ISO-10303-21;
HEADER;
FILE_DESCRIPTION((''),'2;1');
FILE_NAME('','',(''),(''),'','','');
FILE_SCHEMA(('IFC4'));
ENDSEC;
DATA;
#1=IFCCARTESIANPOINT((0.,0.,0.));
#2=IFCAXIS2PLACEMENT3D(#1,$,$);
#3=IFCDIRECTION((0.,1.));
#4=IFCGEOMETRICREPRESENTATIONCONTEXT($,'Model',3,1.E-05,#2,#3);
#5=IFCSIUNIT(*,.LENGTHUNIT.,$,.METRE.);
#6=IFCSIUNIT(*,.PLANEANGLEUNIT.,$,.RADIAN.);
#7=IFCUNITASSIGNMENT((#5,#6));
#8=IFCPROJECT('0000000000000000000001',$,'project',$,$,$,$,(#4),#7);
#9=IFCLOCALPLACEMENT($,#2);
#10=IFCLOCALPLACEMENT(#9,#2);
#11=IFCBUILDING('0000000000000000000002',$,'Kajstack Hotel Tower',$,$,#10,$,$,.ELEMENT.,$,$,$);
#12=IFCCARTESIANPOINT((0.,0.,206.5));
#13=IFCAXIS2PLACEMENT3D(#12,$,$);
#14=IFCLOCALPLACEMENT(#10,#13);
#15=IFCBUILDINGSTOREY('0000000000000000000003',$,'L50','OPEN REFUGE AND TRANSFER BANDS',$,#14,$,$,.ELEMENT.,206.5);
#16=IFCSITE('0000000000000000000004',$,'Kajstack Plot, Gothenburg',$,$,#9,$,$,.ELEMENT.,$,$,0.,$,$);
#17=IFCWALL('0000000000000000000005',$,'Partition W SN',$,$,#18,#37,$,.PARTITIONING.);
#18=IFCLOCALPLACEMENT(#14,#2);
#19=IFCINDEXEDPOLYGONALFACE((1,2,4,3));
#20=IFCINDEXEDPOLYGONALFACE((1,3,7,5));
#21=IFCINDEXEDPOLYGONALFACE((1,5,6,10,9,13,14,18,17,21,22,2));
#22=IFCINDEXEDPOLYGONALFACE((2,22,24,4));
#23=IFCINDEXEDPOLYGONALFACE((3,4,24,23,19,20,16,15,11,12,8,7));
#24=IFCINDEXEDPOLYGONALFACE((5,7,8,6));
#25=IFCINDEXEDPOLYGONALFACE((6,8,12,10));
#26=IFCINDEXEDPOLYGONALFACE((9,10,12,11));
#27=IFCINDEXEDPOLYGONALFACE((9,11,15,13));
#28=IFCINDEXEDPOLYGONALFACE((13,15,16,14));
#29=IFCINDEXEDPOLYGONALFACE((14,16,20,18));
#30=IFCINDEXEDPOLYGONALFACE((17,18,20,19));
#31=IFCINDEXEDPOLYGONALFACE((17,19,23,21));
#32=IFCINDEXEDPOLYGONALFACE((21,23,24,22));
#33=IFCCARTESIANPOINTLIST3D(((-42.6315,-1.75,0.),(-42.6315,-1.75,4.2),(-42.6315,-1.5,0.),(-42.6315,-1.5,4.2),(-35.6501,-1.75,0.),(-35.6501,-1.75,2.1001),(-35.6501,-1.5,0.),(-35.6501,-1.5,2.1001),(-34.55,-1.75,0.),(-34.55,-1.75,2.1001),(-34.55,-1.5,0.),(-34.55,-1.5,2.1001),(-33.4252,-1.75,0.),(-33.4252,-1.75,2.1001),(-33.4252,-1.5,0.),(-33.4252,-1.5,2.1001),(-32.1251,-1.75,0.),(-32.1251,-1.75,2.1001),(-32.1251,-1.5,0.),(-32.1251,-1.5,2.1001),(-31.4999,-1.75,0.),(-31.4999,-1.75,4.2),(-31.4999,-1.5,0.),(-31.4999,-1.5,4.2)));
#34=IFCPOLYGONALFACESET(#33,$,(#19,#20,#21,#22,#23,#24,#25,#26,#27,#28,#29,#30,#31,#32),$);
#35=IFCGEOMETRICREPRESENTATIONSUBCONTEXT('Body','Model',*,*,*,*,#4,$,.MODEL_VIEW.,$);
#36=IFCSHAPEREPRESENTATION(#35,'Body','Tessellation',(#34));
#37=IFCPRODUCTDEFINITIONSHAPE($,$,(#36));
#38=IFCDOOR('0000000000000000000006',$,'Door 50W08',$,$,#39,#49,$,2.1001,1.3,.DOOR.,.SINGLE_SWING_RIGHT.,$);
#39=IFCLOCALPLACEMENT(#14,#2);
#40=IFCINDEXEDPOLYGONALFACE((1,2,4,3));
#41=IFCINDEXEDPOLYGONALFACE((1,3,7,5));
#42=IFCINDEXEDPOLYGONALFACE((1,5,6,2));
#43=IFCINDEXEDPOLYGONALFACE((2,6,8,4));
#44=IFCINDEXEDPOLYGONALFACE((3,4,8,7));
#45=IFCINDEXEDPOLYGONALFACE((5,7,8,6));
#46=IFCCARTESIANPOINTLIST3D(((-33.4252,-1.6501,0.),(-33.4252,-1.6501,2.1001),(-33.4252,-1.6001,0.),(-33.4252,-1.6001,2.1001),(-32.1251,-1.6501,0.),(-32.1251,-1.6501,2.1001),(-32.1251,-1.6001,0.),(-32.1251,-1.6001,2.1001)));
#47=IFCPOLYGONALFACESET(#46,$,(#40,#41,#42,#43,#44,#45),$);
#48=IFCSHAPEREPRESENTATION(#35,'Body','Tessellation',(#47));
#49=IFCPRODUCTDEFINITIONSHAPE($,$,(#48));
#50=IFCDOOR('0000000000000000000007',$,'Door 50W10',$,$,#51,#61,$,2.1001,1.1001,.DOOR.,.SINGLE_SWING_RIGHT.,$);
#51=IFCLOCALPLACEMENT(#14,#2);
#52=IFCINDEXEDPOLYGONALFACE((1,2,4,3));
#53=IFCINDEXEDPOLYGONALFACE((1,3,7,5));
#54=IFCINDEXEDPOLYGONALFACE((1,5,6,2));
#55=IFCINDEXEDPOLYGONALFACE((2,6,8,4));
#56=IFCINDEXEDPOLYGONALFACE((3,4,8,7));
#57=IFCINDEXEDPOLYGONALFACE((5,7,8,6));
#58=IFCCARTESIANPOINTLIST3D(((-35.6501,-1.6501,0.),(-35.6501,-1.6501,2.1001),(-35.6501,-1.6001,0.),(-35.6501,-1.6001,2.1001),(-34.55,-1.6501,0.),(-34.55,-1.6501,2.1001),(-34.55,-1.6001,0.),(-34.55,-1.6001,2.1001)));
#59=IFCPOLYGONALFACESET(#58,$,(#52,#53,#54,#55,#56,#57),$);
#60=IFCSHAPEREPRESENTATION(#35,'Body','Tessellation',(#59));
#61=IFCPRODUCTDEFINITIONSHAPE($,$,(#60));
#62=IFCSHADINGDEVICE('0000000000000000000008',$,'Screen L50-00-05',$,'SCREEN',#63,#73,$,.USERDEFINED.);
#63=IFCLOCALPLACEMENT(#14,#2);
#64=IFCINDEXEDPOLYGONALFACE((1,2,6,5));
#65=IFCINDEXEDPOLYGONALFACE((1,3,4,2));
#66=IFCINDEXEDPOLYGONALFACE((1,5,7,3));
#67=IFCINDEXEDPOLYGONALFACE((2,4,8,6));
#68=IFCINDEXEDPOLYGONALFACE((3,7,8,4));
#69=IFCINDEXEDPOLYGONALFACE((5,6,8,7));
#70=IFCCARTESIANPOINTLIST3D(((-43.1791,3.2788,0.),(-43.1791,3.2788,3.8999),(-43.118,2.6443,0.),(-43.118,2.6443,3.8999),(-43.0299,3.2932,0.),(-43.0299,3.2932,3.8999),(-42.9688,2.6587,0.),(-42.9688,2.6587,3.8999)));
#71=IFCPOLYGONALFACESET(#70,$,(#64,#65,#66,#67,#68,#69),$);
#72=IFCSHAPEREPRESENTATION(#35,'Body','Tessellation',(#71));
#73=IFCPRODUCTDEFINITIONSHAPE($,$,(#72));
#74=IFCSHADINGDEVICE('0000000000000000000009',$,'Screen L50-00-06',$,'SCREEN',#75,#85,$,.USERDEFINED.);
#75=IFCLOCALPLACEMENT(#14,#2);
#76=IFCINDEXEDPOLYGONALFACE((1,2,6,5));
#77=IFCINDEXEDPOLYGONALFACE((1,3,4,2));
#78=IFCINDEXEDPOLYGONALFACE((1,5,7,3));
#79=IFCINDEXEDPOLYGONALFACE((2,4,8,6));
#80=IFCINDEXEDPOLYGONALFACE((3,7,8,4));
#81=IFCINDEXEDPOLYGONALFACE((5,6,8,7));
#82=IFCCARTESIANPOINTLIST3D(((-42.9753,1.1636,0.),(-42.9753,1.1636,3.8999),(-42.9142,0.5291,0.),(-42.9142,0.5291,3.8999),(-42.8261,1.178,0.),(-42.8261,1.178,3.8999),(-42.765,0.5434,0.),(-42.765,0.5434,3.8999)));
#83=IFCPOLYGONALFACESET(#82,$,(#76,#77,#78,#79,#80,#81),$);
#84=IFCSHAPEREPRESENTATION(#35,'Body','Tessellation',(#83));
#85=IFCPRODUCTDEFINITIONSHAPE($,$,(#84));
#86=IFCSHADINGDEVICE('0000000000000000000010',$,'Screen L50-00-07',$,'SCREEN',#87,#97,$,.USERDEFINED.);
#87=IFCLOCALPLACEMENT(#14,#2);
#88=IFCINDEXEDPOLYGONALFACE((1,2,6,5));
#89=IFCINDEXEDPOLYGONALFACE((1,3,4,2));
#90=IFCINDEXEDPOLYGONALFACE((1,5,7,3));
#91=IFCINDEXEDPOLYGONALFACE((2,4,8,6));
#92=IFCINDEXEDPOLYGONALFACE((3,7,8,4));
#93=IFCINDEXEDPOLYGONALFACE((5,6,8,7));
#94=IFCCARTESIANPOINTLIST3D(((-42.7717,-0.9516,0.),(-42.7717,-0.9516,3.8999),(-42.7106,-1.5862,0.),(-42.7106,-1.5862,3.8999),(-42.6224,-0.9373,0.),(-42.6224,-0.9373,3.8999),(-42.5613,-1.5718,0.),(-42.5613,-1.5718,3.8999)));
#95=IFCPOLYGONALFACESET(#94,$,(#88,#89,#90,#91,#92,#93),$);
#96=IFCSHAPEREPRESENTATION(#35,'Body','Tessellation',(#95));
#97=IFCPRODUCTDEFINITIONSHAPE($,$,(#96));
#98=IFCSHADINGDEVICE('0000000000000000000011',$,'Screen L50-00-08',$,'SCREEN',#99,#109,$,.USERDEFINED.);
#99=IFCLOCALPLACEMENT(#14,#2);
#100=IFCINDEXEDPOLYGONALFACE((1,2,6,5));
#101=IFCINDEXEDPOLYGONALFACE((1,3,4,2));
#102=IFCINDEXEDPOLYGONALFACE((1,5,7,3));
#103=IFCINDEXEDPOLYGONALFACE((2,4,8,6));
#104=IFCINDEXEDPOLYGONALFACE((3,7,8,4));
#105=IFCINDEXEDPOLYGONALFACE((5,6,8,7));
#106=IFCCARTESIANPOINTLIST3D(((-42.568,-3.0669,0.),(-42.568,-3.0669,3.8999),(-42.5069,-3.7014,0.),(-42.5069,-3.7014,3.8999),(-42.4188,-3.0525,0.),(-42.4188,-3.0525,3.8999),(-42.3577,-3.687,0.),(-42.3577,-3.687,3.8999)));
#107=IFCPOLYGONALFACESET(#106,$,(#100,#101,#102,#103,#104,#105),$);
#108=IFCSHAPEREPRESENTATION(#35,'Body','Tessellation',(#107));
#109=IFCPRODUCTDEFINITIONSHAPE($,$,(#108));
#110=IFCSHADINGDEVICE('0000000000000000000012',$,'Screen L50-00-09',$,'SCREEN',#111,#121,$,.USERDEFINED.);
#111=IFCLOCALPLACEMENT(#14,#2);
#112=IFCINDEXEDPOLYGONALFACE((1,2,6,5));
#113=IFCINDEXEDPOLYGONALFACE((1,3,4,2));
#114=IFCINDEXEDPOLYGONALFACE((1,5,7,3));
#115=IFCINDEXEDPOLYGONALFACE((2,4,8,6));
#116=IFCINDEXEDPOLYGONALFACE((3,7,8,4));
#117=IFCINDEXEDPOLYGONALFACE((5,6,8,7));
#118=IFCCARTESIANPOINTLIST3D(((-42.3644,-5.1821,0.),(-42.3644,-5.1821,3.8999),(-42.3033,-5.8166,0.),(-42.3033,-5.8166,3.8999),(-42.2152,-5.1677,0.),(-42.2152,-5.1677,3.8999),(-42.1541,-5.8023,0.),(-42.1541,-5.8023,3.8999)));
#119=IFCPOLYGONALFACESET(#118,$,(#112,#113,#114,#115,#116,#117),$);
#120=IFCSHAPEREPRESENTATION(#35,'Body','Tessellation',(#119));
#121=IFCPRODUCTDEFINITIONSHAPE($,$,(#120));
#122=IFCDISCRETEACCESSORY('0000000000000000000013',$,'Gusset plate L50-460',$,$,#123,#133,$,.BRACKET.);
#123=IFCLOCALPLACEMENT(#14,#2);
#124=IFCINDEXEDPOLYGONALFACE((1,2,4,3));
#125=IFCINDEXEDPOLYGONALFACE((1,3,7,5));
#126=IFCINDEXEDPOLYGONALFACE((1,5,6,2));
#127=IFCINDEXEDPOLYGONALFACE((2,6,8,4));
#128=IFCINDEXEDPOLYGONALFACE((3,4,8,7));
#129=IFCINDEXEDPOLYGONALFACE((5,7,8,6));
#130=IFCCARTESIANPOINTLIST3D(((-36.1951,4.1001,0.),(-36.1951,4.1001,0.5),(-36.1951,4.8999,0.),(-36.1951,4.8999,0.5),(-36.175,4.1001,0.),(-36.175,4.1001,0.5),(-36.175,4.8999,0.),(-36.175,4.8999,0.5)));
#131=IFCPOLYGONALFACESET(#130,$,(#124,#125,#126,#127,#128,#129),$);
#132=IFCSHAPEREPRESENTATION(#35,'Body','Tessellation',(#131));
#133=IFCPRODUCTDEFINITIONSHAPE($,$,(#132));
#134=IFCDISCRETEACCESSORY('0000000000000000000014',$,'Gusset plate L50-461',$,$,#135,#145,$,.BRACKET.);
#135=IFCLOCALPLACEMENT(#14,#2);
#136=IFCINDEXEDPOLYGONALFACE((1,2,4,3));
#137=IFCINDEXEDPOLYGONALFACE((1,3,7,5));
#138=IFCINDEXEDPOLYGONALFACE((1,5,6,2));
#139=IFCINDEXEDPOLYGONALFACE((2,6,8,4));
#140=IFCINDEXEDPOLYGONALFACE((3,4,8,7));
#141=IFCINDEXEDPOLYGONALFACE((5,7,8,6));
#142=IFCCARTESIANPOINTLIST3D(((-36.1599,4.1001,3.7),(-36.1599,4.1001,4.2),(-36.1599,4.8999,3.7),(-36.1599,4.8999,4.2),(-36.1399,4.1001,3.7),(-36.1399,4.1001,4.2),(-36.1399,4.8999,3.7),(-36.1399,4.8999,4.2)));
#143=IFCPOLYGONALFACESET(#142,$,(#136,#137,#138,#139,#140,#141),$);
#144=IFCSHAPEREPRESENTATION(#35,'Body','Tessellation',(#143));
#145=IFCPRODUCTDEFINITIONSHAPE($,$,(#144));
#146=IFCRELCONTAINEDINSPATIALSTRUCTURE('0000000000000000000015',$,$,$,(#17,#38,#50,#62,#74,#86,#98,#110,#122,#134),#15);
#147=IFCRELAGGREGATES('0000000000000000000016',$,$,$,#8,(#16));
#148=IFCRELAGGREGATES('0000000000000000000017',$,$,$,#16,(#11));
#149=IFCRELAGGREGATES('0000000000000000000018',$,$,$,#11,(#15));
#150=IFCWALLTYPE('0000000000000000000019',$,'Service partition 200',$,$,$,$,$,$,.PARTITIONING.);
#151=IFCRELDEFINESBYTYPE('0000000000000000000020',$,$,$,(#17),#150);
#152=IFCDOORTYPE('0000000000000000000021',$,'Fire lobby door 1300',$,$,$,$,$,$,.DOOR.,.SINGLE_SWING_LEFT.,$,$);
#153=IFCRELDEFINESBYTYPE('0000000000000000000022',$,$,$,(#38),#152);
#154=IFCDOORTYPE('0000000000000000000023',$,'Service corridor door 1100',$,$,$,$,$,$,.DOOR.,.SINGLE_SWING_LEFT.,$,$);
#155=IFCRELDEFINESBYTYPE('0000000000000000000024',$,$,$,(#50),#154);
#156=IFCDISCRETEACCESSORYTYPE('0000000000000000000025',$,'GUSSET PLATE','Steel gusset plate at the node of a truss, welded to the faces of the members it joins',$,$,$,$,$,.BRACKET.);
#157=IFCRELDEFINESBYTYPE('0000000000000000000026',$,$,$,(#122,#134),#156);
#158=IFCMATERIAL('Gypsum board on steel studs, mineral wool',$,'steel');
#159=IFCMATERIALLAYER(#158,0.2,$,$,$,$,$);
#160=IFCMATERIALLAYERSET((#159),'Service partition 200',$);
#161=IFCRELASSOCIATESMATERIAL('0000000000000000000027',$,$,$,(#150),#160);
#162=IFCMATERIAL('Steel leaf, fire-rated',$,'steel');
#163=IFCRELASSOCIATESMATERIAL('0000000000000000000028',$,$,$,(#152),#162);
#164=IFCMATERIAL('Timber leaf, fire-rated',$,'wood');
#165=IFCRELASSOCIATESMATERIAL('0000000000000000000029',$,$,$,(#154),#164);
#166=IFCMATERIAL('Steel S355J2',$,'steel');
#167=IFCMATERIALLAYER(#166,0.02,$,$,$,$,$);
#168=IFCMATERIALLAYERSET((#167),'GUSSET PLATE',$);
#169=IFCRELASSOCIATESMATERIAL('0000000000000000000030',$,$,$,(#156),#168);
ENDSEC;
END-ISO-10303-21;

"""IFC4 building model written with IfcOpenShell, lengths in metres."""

from ifc_helpers import new_model, si_unit, direction, frame, frame_2d, origin, origin_2d, place, context, subcontext, project, spatial, polyline, rectangle, outline, extrude, material, layer, layer_set, type_object, element, fill, save


model = new_model("IFC4")

# Units and contexts
model_context = context("Model", 3, precision=1e-05, world=origin(), true_north=direction((0.0, 1.0)))
body_context = subcontext(model_context, "Body", "Model", "MODEL_VIEW")
ifc_project = project(units=[si_unit("LENGTHUNIT", "METRE"), si_unit("PLANEANGLEUNIT", "RADIAN")], contexts=[model_context])

# Site, building, storey
site_placement = place(None, origin())
site = spatial("IfcSite", under=ifc_project, at=site_placement, Name="Kajstack Plot, Gothenburg", CompositionType="ELEMENT", RefElevation=0.0)
building_placement = place(site_placement, origin())
building = spatial("IfcBuilding", under=site, at=building_placement, Name="Kajstack Hotel Tower", CompositionType="ELEMENT")
storey_placement = place(building_placement, frame((0.0, 0.0, 206.5)))
storey = spatial("IfcBuildingStorey", under=building, at=storey_placement, Name="L50", Description="OPEN REFUGE AND TRANSFER BANDS", CompositionType="ELEMENT", Elevation=206.5)

# Shared definitions
ifc_material_1 = material(Name="Steel S355J2", Category="steel")

# Wall, openings, doors
ifc_material_2 = material(Name="Gypsum board on steel studs, mineral wool", Category="steel")
ifc_material_3 = material(Name="Timber leaf, fire-rated", Category="wood")
ifc_layer_1 = layer(ifc_material_2, 0.2)
ifc_layer_set_1 = layer_set([ifc_layer_1], Name="Service partition 200")
wall_type_1 = type_object("IfcWallType", Name="Service partition 200", PredefinedType="PARTITIONING", material=ifc_layer_set_1)
wall_1_placement = place(storey_placement, frame((-42.6316, -1.625, 0.0), z_axis=(0.0, 0.0, 1.0), x_axis=(1.0, 0.0, 0.0)))
wall_1 = element("IfcWall", 1, at=wall_1_placement, inside=storey, type_object=wall_type_1, Name="Partition W SN", PredefinedType="PARTITIONING", context=body_context, shape_type="SweptSolid", body=[
    extrude(rectangle(XDim=11.1316, YDim=0.25, at=frame_2d((5.5659, 0.0))), origin(), (0.0, 0.0, 1.0), 4.2),
])
opening_1_placement = place(wall_1_placement, frame((9.2065, 0.0, 0.0)))
opening_1 = element("IfcOpeningElement", 2, at=opening_1_placement, cuts=wall_1, PredefinedType="OPENING", context=body_context, shape_type="SweptSolid", body=[
    extrude(rectangle(XDim=1.3, YDim=2.1001, at=frame_2d((0.6499, 1.05))), frame((0.0, 0.135, 0.0), z_axis=(0.0, -1.0, 0.0), x_axis=(1.0, 0.0, 0.0)), (0.0, 0.0, 1.0), 0.27),
])
opening_2_placement = place(wall_1_placement, frame((6.9814, 0.0, 0.0)))
opening_2 = element("IfcOpeningElement", 3, at=opening_2_placement, cuts=wall_1, PredefinedType="OPENING", context=body_context, shape_type="SweptSolid", body=[
    extrude(rectangle(XDim=1.1001, YDim=2.1001, at=frame_2d((0.55, 1.05))), frame((0.0, 0.135, 0.0), z_axis=(0.0, -1.0, 0.0), x_axis=(1.0, 0.0, 0.0)), (0.0, 0.0, 1.0), 0.27),
])
ifc_material_4 = material(Name="Steel leaf, fire-rated", Category="steel")
door_type_1 = type_object("IfcDoorType", Name="Fire lobby door 1300", OperationType="SINGLE_SWING_LEFT", PredefinedType="DOOR", material=ifc_material_4)
door_1_placement = place(opening_1_placement, origin())
door_1 = element("IfcDoor", 4, at=door_1_placement, inside=storey, type_object=door_type_1, Name="Door 50W08", OperationType="SINGLE_SWING_RIGHT", OverallHeight=2.1001, OverallWidth=1.3, PredefinedType="DOOR", context=body_context, shape_type="SweptSolid", body=[
    extrude(rectangle(XDim=1.3, YDim=2.1001, at=frame_2d((0.6499, 1.05))), frame((0.0, 0.0249, 0.0), z_axis=(0.0, -1.0, 0.0), x_axis=(1.0, 0.0, 0.0)), (0.0, 0.0, 1.0), 0.05),
])
fill(opening_1, door_1)
door_type_2 = type_object("IfcDoorType", Name="Service corridor door 1100", OperationType="SINGLE_SWING_LEFT", PredefinedType="DOOR", material=ifc_material_3)
door_2_placement = place(opening_2_placement, origin())
door_2 = element("IfcDoor", 5, at=door_2_placement, inside=storey, type_object=door_type_2, Name="Door 50W10", OperationType="SINGLE_SWING_RIGHT", OverallHeight=2.1001, OverallWidth=1.1001, PredefinedType="DOOR", context=body_context, shape_type="SweptSolid", body=[
    extrude(rectangle(XDim=1.1001, YDim=2.1001, at=frame_2d((0.55, 1.05))), frame((0.0, 0.0249, 0.0), z_axis=(0.0, -1.0, 0.0), x_axis=(1.0, 0.0, 0.0)), (0.0, 0.0, 1.0), 0.05),
])
fill(opening_2, door_2)

# Shading devices
for number, where, z_axis, x_axis, name in (
    (6, (-43.074, 2.9688, 0.0), (0.0, 0.0, 1.0), (0.095844, -0.995396, 0.0), "Screen L50-00-05"),
    (7, (-42.8701, 0.8535, 0.0), (0.0, 0.0, 1.0), (0.095844, -0.995396, 0.0), "Screen L50-00-06"),
    (8, (-42.6665, -1.2617, 0.0), (0.0, 0.0, 1.0), (0.095844, -0.995396, 0.0), "Screen L50-00-07"),
    (9, (-42.4629, -3.377, 0.0), (0.0, 0.0, 1.0), (0.095844, -0.995396, 0.0), "Screen L50-00-08"),
    (10, (-42.2593, -5.4922, 0.0), (0.0, 0.0, 1.0), (0.095844, -0.995396, 0.0), "Screen L50-00-09"),
):
    element("IfcShadingDevice", number, at=place(storey_placement, frame(where, z_axis=z_axis, x_axis=x_axis)), inside=storey, Name=name, ObjectType="SCREEN", PredefinedType="USERDEFINED", context=body_context, shape_type="SweptSolid", body=[
        extrude(rectangle(XDim=0.6375, YDim=0.1499, at=origin_2d()), origin(), (0.0, 0.0, 1.0), 3.8999),
    ])

# Discrete accessories
ifc_layer_2 = layer(ifc_material_1, 0.02)
ifc_layer_set_2 = layer_set([ifc_layer_2], Name="GUSSET PLATE")
discrete_accessory_type = type_object("IfcDiscreteAccessoryType", Name="GUSSET PLATE", Description="Steel gusset plate at the node of a truss, welded to the faces of the members it joins", PredefinedType="BRACKET", material=ifc_layer_set_2)
for number, where, z_axis, x_axis, name in (
    (11, (-36.1951, 4.5, 0.0), (1.0, 0.0, 0.0), (0.0, 1.0, 0.0), "Gusset plate L50-460"),
    (12, (-36.1599, 4.5, 3.7), (1.0, 0.0, 0.0), (0.0, 1.0, 0.0), "Gusset plate L50-461"),
):
    element("IfcDiscreteAccessory", number, at=place(storey_placement, frame(where, z_axis=z_axis, x_axis=x_axis)), inside=storey, type_object=discrete_accessory_type, Name=name, PredefinedType="BRACKET", context=body_context, shape_type="SweptSolid", body=[
        extrude(outline(polyline([(-0.3999, 0.0), (0.3999, 0.0), (0.3999, 0.5), (-0.3999, 0.5), (-0.3999, 0.0)])), origin(), (0.0, 0.0, 1.0), 0.02),
    ])

save(model, "model.ifc")
